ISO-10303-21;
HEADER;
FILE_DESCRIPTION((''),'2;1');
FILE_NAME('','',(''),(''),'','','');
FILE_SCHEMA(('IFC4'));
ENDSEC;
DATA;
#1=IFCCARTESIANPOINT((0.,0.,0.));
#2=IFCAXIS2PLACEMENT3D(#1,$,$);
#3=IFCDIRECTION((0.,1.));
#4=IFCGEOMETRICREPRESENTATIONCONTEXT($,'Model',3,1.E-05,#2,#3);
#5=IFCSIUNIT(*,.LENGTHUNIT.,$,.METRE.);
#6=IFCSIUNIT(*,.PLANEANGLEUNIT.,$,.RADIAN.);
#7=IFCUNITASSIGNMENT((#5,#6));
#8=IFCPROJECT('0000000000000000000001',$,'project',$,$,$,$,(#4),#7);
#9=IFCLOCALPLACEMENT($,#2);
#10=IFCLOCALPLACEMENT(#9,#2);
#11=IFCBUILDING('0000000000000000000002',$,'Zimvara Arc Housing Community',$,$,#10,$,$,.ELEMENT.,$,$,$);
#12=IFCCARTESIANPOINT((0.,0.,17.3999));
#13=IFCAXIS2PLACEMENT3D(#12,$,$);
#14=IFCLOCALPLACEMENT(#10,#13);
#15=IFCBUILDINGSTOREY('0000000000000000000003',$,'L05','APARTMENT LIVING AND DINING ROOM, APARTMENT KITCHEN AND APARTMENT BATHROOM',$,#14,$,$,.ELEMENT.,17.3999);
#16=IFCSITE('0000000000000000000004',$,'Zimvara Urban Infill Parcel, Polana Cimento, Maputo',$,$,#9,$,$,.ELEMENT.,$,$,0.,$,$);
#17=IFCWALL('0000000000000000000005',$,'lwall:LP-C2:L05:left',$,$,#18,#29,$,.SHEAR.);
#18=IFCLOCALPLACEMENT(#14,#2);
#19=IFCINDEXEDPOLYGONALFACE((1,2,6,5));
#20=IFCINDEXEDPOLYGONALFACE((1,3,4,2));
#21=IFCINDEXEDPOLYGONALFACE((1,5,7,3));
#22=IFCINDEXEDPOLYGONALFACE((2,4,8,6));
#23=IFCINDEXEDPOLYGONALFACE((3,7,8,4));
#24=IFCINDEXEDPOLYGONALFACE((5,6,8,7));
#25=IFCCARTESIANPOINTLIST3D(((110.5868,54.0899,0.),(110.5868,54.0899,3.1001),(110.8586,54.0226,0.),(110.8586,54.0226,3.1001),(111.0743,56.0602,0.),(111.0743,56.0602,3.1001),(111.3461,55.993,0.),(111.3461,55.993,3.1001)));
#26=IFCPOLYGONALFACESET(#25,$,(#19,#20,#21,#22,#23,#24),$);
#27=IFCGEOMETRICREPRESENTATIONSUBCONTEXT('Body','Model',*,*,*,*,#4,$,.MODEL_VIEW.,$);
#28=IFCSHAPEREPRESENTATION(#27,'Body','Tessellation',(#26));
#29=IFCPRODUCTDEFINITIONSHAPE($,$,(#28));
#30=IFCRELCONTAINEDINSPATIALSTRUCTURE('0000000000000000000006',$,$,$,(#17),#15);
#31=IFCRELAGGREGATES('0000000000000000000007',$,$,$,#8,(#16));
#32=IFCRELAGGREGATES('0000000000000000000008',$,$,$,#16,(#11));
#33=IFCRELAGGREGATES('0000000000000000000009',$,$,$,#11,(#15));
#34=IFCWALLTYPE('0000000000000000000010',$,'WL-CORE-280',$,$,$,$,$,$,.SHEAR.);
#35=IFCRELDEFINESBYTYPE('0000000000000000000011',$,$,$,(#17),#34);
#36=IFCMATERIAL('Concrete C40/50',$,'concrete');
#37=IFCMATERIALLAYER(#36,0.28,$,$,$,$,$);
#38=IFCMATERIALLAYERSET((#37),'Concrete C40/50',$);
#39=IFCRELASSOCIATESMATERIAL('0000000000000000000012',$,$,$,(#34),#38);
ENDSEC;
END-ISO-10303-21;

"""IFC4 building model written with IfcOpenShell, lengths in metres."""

from ifc_helpers import new_model, si_unit, direction, frame, frame_2d, origin, place, context, subcontext, project, spatial, rectangle, extrude, material, layer, layer_set, type_object, element, save


model = new_model("IFC4")

# Units and contexts
model_context = context("Model", 3, precision=1e-05, world=origin(), true_north=direction((0.0, 1.0)))
body_context = subcontext(model_context, "Body", "Model", "MODEL_VIEW")
ifc_project = project(units=[si_unit("LENGTHUNIT", "METRE"), si_unit("PLANEANGLEUNIT", "RADIAN")], contexts=[model_context])

# Site, building, storey
site_placement = place(None, origin())
site = spatial("IfcSite", under=ifc_project, at=site_placement, Name="Zimvara Urban Infill Parcel, Polana Cimento, Maputo", CompositionType="ELEMENT", RefElevation=0.0)
building_placement = place(site_placement, origin())
building = spatial("IfcBuilding", under=site, at=building_placement, Name="Zimvara Arc Housing Community", CompositionType="ELEMENT")
storey_placement = place(building_placement, frame((0.0, 0.0, 17.3999)))
storey = spatial("IfcBuildingStorey", under=building, at=storey_placement, Name="L05", Description="APARTMENT LIVING AND DINING ROOM, APARTMENT KITCHEN AND APARTMENT BATHROOM", CompositionType="ELEMENT", Elevation=17.3999)

# Shared definitions
ifc_material_1 = material(Name="Concrete C40/50", Category="concrete")
ifc_layer_1 = layer(ifc_material_1, 0.28)
ifc_layer_set_1 = layer_set([ifc_layer_1], Name="Concrete C40/50")
wall_type = type_object("IfcWallType", Name="WL-CORE-280", PredefinedType="SHEAR", material=ifc_layer_set_1)

# Wall
wall_1_placement = place(storey_placement, frame((111.2102, 56.0266, 0.0), z_axis=(0.0, 0.0, 1.0), x_axis=(-0.240186, -0.970727, 0.0)))
element("IfcWall", 1, at=wall_1_placement, inside=storey, type_object=wall_type, Name="lwall:LP-C2:L05:left", PredefinedType="SHEAR", context=body_context, shape_type="SweptSolid", body=[
    extrude(rectangle(XDim=2.0298, YDim=0.28, at=frame_2d((1.0149, 0.0))), origin(), (0.0, 0.0, 1.0), 3.1001),
])

save(model, "model.ifc")
